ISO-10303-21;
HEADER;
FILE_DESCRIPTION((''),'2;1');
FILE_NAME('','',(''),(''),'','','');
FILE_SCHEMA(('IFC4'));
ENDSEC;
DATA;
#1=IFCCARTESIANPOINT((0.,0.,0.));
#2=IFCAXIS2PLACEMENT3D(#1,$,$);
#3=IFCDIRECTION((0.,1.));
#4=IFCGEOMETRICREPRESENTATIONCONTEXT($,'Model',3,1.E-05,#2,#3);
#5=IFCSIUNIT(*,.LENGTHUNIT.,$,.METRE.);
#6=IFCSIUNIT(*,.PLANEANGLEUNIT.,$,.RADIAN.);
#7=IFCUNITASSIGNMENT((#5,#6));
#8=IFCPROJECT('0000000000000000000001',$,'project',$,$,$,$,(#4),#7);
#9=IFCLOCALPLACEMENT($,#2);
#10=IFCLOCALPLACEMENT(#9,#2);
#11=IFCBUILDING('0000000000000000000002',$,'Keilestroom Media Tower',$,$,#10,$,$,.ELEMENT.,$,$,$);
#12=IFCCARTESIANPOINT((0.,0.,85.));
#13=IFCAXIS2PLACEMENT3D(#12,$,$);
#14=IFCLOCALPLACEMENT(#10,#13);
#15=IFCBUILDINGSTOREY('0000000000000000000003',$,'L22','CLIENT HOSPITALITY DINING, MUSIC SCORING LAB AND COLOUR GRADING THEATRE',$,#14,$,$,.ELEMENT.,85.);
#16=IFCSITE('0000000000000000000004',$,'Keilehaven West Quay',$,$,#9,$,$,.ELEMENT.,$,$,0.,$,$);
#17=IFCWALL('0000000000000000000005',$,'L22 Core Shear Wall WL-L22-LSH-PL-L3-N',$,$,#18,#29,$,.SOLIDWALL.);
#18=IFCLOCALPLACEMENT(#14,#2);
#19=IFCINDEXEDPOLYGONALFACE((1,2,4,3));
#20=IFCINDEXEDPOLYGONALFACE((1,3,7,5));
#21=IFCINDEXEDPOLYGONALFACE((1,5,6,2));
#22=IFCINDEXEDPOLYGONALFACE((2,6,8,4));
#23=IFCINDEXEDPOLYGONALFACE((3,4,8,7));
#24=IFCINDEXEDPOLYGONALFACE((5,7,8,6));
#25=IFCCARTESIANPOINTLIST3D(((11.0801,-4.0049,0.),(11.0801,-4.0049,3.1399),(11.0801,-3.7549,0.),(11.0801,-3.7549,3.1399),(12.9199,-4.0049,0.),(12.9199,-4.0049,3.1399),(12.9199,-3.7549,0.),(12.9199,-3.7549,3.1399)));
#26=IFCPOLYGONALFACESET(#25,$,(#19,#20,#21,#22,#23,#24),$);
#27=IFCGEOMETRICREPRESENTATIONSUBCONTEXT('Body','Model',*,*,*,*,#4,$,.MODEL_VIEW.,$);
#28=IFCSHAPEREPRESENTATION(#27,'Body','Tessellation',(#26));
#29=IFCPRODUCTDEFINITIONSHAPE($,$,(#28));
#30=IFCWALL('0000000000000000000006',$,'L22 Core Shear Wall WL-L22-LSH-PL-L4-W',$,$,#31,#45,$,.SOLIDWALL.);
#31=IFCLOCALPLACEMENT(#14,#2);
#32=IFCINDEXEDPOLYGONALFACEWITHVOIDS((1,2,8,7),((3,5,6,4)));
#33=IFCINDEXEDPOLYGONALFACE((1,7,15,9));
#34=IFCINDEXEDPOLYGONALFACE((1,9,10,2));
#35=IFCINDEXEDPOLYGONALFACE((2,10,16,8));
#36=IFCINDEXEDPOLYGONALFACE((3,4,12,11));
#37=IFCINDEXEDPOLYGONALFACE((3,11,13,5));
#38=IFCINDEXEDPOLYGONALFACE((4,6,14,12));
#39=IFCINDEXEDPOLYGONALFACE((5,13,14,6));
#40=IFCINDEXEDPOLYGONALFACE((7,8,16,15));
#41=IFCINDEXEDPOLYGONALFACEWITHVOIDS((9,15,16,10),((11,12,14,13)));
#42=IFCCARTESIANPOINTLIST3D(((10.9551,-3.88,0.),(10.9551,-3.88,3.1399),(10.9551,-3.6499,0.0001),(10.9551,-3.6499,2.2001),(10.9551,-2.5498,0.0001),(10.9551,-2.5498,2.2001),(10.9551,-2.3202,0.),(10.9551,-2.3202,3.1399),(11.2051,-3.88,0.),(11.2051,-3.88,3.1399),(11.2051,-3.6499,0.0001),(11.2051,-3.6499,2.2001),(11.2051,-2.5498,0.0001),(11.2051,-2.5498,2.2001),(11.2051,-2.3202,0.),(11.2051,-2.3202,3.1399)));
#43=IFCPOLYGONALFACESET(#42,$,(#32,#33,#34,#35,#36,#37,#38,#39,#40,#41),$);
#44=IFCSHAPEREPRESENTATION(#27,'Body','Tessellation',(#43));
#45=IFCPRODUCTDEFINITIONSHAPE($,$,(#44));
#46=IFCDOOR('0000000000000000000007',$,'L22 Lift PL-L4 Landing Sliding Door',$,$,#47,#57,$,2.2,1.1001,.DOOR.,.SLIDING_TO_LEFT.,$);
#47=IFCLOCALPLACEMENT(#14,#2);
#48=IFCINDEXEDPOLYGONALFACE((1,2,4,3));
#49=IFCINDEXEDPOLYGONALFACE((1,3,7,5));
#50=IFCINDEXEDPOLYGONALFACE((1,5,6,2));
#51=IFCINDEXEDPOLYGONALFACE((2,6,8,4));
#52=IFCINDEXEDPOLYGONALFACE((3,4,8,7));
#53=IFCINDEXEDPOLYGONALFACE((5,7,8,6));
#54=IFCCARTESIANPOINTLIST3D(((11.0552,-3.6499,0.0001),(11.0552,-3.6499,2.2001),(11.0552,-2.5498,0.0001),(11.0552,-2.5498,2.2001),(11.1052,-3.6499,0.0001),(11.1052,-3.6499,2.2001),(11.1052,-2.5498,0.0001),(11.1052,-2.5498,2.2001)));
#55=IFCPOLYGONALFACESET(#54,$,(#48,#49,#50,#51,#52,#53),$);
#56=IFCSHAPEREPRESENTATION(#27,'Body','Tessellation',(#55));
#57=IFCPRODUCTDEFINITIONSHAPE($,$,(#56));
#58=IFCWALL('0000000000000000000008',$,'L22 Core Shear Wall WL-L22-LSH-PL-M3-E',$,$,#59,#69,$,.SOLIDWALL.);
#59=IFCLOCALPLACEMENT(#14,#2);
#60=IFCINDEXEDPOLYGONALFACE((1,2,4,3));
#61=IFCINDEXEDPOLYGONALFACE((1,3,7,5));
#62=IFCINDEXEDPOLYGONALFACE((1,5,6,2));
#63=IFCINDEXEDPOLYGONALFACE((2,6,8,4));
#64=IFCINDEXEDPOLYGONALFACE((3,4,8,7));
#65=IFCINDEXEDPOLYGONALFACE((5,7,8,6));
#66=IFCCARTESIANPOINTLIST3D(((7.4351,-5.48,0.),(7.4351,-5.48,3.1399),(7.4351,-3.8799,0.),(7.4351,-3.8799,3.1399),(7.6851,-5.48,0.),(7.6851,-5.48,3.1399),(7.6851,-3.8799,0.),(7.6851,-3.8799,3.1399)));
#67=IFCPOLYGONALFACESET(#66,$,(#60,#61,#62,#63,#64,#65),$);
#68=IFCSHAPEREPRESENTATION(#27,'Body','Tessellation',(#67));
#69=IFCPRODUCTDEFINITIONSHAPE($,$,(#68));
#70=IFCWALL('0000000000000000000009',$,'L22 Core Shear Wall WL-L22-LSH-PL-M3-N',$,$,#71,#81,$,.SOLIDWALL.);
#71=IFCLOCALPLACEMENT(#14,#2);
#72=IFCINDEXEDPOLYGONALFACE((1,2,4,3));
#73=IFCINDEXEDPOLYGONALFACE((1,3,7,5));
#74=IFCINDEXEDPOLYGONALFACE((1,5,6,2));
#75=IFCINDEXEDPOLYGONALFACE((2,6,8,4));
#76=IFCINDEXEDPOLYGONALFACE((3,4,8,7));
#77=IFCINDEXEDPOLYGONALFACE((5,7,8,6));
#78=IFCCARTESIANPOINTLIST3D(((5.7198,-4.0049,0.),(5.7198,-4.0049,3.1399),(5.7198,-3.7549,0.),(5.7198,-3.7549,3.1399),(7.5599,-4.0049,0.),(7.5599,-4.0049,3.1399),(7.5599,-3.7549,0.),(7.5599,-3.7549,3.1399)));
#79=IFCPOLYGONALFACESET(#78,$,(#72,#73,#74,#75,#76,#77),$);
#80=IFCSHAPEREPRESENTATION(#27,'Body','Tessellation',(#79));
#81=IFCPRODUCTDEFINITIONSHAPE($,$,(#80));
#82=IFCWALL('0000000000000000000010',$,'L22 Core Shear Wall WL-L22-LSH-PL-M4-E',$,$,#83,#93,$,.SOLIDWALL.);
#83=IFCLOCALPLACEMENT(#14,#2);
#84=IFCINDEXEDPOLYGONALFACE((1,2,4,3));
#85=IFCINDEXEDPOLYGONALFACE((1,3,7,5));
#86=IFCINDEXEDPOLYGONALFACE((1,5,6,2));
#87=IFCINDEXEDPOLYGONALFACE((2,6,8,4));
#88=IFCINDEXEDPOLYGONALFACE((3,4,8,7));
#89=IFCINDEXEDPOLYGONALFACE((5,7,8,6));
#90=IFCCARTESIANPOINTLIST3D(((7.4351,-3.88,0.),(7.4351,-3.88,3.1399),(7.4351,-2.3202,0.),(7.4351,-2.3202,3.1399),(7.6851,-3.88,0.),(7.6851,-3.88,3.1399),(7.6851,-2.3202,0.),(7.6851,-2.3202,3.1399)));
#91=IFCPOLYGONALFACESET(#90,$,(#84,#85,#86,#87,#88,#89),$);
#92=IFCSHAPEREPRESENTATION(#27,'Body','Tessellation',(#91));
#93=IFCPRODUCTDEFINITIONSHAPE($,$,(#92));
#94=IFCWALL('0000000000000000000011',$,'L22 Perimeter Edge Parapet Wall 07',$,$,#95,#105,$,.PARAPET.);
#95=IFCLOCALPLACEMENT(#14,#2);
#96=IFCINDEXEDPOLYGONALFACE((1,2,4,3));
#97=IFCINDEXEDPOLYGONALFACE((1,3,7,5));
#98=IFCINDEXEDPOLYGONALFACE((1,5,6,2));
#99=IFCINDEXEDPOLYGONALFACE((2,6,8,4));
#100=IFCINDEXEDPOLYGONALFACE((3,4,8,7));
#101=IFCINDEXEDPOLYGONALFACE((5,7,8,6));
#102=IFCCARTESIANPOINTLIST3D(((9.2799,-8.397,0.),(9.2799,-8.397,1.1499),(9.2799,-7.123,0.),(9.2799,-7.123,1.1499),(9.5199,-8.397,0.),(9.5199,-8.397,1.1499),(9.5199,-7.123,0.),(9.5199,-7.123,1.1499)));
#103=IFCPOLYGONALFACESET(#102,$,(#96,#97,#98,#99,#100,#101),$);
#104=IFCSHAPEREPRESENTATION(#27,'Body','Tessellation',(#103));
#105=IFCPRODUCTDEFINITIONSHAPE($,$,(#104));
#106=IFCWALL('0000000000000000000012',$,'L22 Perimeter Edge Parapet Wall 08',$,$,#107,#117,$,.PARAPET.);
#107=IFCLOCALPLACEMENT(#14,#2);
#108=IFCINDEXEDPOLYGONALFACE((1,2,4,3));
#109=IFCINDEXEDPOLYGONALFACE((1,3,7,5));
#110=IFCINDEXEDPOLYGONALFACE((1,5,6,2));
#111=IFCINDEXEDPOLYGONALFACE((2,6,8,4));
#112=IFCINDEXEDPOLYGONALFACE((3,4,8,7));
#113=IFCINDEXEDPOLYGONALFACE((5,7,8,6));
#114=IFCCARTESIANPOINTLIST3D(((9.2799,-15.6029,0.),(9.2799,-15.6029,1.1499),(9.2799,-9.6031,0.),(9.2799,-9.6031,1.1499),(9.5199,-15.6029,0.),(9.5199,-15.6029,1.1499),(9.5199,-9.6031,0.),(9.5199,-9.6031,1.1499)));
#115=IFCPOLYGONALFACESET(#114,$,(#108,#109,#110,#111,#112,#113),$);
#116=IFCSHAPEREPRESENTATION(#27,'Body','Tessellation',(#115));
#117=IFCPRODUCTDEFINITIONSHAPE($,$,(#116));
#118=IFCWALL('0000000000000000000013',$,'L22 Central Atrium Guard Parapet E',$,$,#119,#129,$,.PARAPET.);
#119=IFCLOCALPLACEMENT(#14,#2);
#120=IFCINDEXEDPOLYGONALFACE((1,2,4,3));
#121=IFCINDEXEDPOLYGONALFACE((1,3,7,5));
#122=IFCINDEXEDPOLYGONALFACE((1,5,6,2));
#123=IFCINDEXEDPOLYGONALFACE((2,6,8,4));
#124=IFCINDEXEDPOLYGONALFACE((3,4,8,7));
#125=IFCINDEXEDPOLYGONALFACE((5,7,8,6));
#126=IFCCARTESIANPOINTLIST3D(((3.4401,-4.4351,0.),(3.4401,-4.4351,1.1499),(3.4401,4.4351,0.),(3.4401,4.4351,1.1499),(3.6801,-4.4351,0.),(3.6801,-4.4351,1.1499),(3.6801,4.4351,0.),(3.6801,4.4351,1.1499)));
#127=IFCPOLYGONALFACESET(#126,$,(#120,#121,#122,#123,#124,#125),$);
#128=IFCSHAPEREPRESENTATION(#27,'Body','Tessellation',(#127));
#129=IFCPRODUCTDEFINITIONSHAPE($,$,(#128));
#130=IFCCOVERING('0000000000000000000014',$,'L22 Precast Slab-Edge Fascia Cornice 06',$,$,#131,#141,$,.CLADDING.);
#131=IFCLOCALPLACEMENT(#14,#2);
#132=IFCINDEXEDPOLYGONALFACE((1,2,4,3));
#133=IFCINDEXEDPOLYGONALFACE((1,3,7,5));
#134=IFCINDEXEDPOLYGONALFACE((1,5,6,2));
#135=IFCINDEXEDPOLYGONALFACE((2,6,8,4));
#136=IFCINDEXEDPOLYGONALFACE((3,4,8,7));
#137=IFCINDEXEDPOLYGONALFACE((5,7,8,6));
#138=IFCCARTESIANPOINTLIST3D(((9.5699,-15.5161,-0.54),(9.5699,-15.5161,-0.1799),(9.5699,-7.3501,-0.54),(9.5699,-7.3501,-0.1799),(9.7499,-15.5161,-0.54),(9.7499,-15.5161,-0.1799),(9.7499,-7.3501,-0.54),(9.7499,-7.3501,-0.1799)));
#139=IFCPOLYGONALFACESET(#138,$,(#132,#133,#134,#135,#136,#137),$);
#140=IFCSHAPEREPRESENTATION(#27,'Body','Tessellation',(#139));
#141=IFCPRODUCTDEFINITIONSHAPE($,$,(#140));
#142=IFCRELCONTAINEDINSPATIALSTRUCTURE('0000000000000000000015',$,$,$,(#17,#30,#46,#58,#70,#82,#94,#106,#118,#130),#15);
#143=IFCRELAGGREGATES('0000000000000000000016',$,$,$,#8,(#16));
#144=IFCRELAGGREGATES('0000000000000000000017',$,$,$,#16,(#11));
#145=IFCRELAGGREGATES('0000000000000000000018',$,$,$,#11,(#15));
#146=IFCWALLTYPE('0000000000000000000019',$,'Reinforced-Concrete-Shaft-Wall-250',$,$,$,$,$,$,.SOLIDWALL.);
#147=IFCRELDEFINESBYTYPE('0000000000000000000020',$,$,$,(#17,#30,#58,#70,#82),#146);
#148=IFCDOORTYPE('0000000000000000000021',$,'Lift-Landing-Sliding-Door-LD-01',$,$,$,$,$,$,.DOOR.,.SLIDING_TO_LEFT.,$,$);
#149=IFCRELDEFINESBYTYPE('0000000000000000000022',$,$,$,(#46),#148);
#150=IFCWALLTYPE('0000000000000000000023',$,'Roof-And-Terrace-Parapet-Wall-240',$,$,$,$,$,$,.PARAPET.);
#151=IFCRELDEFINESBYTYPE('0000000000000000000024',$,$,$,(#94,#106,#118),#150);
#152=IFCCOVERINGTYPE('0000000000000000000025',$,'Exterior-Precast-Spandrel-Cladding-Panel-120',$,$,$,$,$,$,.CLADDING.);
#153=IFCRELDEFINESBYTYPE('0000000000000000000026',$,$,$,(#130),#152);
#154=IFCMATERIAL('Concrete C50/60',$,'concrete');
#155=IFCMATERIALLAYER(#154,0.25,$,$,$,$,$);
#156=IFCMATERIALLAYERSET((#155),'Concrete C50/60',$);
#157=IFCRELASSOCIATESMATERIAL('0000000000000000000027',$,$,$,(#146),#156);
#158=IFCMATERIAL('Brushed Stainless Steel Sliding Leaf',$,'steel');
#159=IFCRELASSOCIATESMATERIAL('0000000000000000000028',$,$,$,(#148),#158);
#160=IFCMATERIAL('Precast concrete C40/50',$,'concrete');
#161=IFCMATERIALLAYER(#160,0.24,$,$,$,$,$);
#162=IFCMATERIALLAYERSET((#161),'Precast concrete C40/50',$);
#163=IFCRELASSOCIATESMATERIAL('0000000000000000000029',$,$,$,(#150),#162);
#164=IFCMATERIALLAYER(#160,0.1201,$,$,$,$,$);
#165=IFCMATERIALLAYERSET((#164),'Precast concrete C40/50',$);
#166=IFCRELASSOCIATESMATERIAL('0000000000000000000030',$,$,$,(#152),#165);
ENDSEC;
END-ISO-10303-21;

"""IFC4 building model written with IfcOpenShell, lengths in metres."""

from ifc_helpers import new_model, si_unit, direction, frame, frame_2d, origin, origin_2d, place, context, subcontext, project, spatial, rectangle, extrude, source, transform, mapped, material, layer, layer_set, type_object, element, fill, save


model = new_model("IFC4")

# Units and contexts
model_context = context("Model", 3, precision=1e-05, world=origin(), true_north=direction((0.0, 1.0)))
body_context = subcontext(model_context, "Body", "Model", "MODEL_VIEW")
ifc_project = project(units=[si_unit("LENGTHUNIT", "METRE"), si_unit("PLANEANGLEUNIT", "RADIAN")], contexts=[model_context])

# Site, building, storey
site_placement = place(None, origin())
site = spatial("IfcSite", under=ifc_project, at=site_placement, Name="Keilehaven West Quay", CompositionType="ELEMENT", RefElevation=0.0)
building_placement = place(site_placement, origin())
building = spatial("IfcBuilding", under=site, at=building_placement, Name="Keilestroom Media Tower", CompositionType="ELEMENT")
storey_placement = place(building_placement, frame((0.0, 0.0, 85.0)))
storey = spatial("IfcBuildingStorey", under=building, at=storey_placement, Name="L22", Description="CLIENT HOSPITALITY DINING, MUSIC SCORING LAB AND COLOUR GRADING THEATRE", CompositionType="ELEMENT", Elevation=85.0)

# Shared definitions
ifc_material_1 = material(Name="Concrete C50/60", Category="concrete")
ifc_layer_1 = layer(ifc_material_1, 0.25)
ifc_layer_set_1 = layer_set([ifc_layer_1], Name="Concrete C50/60")
wall_type_1 = type_object("IfcWallType", Name="Reinforced-Concrete-Shaft-Wall-250", PredefinedType="SOLIDWALL", material=ifc_layer_set_1)

# Shared definitions
ifc_material_2 = material(Name="Brushed Stainless Steel Sliding Leaf", Category="steel")

# Shared definitions
door_type_1 = type_object("IfcDoorType", Name="Lift-Landing-Sliding-Door-LD-01", OperationType="SLIDING_TO_LEFT", PredefinedType="DOOR", material=ifc_material_2)
shared_shape_1 = source(origin(), body_context, "Body", "SweptSolid", [
    extrude(rectangle(XDim=1.1001, YDim=2.2, at=frame_2d((0.55, 1.1001))), frame((0.0, 0.0249, 0.0), z_axis=(0.0, -1.0, 0.0), x_axis=(1.0, 0.0, 0.0)), (0.0, 0.0, 1.0), 0.05),
])

# Wall
wall_1_placement = place(storey_placement, frame((11.0801, -3.8799, 0.0), z_axis=(0.0, 0.0, 1.0), x_axis=(1.0, 0.0, 0.0)))
element("IfcWall", 1, at=wall_1_placement, inside=storey, type_object=wall_type_1, Name="L22 Core Shear Wall WL-L22-LSH-PL-L3-N", PredefinedType="SOLIDWALL", context=body_context, shape_type="SweptSolid", body=[
    extrude(rectangle(XDim=1.8398, YDim=0.25, at=frame_2d((0.9199, 0.0))), origin(), (0.0, 0.0, 1.0), 3.1399),
])

# Wall, opening, door
wall_2_placement = place(storey_placement, frame((11.0801, -3.8799, 0.0), z_axis=(0.0, 0.0, 1.0), x_axis=(0.0, 1.0, 0.0)))
wall_2 = element("IfcWall", 2, at=wall_2_placement, inside=storey, type_object=wall_type_1, Name="L22 Core Shear Wall WL-L22-LSH-PL-L4-W", PredefinedType="SOLIDWALL", context=body_context, shape_type="SweptSolid", body=[
    extrude(rectangle(XDim=1.5598, YDim=0.25, at=frame_2d((0.7798, 0.0))), origin(), (0.0, 0.0, 1.0), 3.1399),
])
opening_1_placement = place(wall_2_placement, frame((0.23, 0.0, 0.0)))
opening_1 = element("IfcOpeningElement", 3, at=opening_1_placement, cuts=wall_2, PredefinedType="OPENING", context=body_context, shape_type="SweptSolid", body=[
    extrude(rectangle(XDim=1.1001, YDim=2.2, at=frame_2d((0.55, 1.1001))), frame((0.0, 0.135, 0.0), z_axis=(0.0, -1.0, 0.0), x_axis=(1.0, 0.0, 0.0)), (0.0, 0.0, 1.0), 0.27),
])
door_1_placement = place(opening_1_placement, origin())
door_1 = element("IfcDoor", 4, at=door_1_placement, inside=storey, type_object=door_type_1, Name="L22 Lift PL-L4 Landing Sliding Door", OperationType="SLIDING_TO_LEFT", OverallHeight=2.2, OverallWidth=1.1001, PredefinedType="DOOR", context=body_context, shape_type="MappedRepresentation", body=[
    mapped(shared_shape_1, transform((0.0, 0.0, 0.0), x_axis=(1.0, 0.0, 0.0), y_axis=(0.0, 1.0, 0.0), z_axis=(0.0, 0.0, 1.0), scale=1.0)),
])
fill(opening_1, door_1)

# Walls
wall_3_placement = place(storey_placement, frame((7.5601, -5.48, 0.0), z_axis=(0.0, 0.0, 1.0), x_axis=(0.0, 1.0, 0.0)))
element("IfcWall", 5, at=wall_3_placement, inside=storey, type_object=wall_type_1, Name="L22 Core Shear Wall WL-L22-LSH-PL-M3-E", PredefinedType="SOLIDWALL", context=body_context, shape_type="SweptSolid", body=[
    extrude(rectangle(XDim=1.6001, YDim=0.25, at=frame_2d((0.8, 0.0))), origin(), (0.0, 0.0, 1.0), 3.1399),
])
wall_4_placement = place(storey_placement, frame((5.72, -3.8799, 0.0), z_axis=(0.0, 0.0, 1.0), x_axis=(1.0, 0.0, 0.0)))
element("IfcWall", 6, at=wall_4_placement, inside=storey, type_object=wall_type_1, Name="L22 Core Shear Wall WL-L22-LSH-PL-M3-N", PredefinedType="SOLIDWALL", context=body_context, shape_type="SweptSolid", body=[
    extrude(rectangle(XDim=1.8401, YDim=0.25, at=frame_2d((0.9199, 0.0))), origin(), (0.0, 0.0, 1.0), 3.1399),
])
wall_5_placement = place(storey_placement, frame((7.5601, -3.8799, 0.0), z_axis=(0.0, 0.0, 1.0), x_axis=(0.0, 1.0, 0.0)))
element("IfcWall", 7, at=wall_5_placement, inside=storey, type_object=wall_type_1, Name="L22 Core Shear Wall WL-L22-LSH-PL-M4-E", PredefinedType="SOLIDWALL", context=body_context, shape_type="SweptSolid", body=[
    extrude(rectangle(XDim=1.5598, YDim=0.25, at=frame_2d((0.7798, 0.0))), origin(), (0.0, 0.0, 1.0), 3.1399),
])
ifc_material_3 = material(Name="Precast concrete C40/50", Category="concrete")
ifc_layer_2 = layer(ifc_material_3, 0.24)
ifc_layer_set_2 = layer_set([ifc_layer_2], Name="Precast concrete C40/50")
wall_type_2 = type_object("IfcWallType", Name="Roof-And-Terrace-Parapet-Wall-240", PredefinedType="PARAPET", material=ifc_layer_set_2)
wall_6_placement = place(storey_placement, frame((9.3999, -7.123, 0.0), z_axis=(0.0, 0.0, 1.0), x_axis=(0.0, -1.0, 0.0)))
element("IfcWall", 8, at=wall_6_placement, inside=storey, type_object=wall_type_2, Name="L22 Perimeter Edge Parapet Wall 07", PredefinedType="PARAPET", context=body_context, shape_type="SweptSolid", body=[
    extrude(rectangle(XDim=1.2739, YDim=0.24, at=frame_2d((0.637, 0.0))), origin(), (0.0, 0.0, 1.0), 1.1499),
])
wall_7_placement = place(storey_placement, frame((9.3999, -9.603, 0.0), z_axis=(0.0, 0.0, 1.0), x_axis=(0.0, -1.0, 0.0)))
element("IfcWall", 9, at=wall_7_placement, inside=storey, type_object=wall_type_2, Name="L22 Perimeter Edge Parapet Wall 08", PredefinedType="PARAPET", context=body_context, shape_type="SweptSolid", body=[
    extrude(rectangle(XDim=5.9998, YDim=0.24, at=frame_2d((3.0, 0.0))), origin(), (0.0, 0.0, 1.0), 1.1499),
])
wall_8_placement = place(storey_placement, frame((3.5601, -4.4351, 0.0), z_axis=(0.0, 0.0, 1.0), x_axis=(0.0, 1.0, 0.0)))
element("IfcWall", 10, at=wall_8_placement, inside=storey, type_object=wall_type_2, Name="L22 Central Atrium Guard Parapet E", PredefinedType="PARAPET", context=body_context, shape_type="SweptSolid", body=[
    extrude(rectangle(XDim=8.8701, YDim=0.24, at=frame_2d((4.4351, 0.0))), origin(), (0.0, 0.0, 1.0), 1.1499),
])

# Covering
ifc_layer_3 = layer(ifc_material_3, 0.1201)
ifc_layer_set_3 = layer_set([ifc_layer_3], Name="Precast concrete C40/50")
covering_type = type_object("IfcCoveringType", Name="Exterior-Precast-Spandrel-Cladding-Panel-120", PredefinedType="CLADDING", material=ifc_layer_set_3)
shared_shape_2 = source(origin(), body_context, "Body", "SweptSolid", [
    extrude(rectangle(XDim=8.166, YDim=0.1799, at=origin_2d()), origin(), (0.0, 0.0, 1.0), 0.3601),
])
covering_placement = place(storey_placement, frame((9.6599, -11.4331, -0.54), z_axis=(0.0, 0.0, 1.0), x_axis=(0.0, -1.0, 0.0)))
element("IfcCovering", 11, at=covering_placement, inside=storey, type_object=covering_type, Name="L22 Precast Slab-Edge Fascia Cornice 06", PredefinedType="CLADDING", context=body_context, shape_type="MappedRepresentation", body=[
    mapped(shared_shape_2, transform((0.0, 0.0, 0.0), x_axis=(1.0, 0.0, 0.0), y_axis=(0.0, 1.0, 0.0), z_axis=(0.0, 0.0, 1.0), scale=1.0)),
])

save(model, "model.ifc")
